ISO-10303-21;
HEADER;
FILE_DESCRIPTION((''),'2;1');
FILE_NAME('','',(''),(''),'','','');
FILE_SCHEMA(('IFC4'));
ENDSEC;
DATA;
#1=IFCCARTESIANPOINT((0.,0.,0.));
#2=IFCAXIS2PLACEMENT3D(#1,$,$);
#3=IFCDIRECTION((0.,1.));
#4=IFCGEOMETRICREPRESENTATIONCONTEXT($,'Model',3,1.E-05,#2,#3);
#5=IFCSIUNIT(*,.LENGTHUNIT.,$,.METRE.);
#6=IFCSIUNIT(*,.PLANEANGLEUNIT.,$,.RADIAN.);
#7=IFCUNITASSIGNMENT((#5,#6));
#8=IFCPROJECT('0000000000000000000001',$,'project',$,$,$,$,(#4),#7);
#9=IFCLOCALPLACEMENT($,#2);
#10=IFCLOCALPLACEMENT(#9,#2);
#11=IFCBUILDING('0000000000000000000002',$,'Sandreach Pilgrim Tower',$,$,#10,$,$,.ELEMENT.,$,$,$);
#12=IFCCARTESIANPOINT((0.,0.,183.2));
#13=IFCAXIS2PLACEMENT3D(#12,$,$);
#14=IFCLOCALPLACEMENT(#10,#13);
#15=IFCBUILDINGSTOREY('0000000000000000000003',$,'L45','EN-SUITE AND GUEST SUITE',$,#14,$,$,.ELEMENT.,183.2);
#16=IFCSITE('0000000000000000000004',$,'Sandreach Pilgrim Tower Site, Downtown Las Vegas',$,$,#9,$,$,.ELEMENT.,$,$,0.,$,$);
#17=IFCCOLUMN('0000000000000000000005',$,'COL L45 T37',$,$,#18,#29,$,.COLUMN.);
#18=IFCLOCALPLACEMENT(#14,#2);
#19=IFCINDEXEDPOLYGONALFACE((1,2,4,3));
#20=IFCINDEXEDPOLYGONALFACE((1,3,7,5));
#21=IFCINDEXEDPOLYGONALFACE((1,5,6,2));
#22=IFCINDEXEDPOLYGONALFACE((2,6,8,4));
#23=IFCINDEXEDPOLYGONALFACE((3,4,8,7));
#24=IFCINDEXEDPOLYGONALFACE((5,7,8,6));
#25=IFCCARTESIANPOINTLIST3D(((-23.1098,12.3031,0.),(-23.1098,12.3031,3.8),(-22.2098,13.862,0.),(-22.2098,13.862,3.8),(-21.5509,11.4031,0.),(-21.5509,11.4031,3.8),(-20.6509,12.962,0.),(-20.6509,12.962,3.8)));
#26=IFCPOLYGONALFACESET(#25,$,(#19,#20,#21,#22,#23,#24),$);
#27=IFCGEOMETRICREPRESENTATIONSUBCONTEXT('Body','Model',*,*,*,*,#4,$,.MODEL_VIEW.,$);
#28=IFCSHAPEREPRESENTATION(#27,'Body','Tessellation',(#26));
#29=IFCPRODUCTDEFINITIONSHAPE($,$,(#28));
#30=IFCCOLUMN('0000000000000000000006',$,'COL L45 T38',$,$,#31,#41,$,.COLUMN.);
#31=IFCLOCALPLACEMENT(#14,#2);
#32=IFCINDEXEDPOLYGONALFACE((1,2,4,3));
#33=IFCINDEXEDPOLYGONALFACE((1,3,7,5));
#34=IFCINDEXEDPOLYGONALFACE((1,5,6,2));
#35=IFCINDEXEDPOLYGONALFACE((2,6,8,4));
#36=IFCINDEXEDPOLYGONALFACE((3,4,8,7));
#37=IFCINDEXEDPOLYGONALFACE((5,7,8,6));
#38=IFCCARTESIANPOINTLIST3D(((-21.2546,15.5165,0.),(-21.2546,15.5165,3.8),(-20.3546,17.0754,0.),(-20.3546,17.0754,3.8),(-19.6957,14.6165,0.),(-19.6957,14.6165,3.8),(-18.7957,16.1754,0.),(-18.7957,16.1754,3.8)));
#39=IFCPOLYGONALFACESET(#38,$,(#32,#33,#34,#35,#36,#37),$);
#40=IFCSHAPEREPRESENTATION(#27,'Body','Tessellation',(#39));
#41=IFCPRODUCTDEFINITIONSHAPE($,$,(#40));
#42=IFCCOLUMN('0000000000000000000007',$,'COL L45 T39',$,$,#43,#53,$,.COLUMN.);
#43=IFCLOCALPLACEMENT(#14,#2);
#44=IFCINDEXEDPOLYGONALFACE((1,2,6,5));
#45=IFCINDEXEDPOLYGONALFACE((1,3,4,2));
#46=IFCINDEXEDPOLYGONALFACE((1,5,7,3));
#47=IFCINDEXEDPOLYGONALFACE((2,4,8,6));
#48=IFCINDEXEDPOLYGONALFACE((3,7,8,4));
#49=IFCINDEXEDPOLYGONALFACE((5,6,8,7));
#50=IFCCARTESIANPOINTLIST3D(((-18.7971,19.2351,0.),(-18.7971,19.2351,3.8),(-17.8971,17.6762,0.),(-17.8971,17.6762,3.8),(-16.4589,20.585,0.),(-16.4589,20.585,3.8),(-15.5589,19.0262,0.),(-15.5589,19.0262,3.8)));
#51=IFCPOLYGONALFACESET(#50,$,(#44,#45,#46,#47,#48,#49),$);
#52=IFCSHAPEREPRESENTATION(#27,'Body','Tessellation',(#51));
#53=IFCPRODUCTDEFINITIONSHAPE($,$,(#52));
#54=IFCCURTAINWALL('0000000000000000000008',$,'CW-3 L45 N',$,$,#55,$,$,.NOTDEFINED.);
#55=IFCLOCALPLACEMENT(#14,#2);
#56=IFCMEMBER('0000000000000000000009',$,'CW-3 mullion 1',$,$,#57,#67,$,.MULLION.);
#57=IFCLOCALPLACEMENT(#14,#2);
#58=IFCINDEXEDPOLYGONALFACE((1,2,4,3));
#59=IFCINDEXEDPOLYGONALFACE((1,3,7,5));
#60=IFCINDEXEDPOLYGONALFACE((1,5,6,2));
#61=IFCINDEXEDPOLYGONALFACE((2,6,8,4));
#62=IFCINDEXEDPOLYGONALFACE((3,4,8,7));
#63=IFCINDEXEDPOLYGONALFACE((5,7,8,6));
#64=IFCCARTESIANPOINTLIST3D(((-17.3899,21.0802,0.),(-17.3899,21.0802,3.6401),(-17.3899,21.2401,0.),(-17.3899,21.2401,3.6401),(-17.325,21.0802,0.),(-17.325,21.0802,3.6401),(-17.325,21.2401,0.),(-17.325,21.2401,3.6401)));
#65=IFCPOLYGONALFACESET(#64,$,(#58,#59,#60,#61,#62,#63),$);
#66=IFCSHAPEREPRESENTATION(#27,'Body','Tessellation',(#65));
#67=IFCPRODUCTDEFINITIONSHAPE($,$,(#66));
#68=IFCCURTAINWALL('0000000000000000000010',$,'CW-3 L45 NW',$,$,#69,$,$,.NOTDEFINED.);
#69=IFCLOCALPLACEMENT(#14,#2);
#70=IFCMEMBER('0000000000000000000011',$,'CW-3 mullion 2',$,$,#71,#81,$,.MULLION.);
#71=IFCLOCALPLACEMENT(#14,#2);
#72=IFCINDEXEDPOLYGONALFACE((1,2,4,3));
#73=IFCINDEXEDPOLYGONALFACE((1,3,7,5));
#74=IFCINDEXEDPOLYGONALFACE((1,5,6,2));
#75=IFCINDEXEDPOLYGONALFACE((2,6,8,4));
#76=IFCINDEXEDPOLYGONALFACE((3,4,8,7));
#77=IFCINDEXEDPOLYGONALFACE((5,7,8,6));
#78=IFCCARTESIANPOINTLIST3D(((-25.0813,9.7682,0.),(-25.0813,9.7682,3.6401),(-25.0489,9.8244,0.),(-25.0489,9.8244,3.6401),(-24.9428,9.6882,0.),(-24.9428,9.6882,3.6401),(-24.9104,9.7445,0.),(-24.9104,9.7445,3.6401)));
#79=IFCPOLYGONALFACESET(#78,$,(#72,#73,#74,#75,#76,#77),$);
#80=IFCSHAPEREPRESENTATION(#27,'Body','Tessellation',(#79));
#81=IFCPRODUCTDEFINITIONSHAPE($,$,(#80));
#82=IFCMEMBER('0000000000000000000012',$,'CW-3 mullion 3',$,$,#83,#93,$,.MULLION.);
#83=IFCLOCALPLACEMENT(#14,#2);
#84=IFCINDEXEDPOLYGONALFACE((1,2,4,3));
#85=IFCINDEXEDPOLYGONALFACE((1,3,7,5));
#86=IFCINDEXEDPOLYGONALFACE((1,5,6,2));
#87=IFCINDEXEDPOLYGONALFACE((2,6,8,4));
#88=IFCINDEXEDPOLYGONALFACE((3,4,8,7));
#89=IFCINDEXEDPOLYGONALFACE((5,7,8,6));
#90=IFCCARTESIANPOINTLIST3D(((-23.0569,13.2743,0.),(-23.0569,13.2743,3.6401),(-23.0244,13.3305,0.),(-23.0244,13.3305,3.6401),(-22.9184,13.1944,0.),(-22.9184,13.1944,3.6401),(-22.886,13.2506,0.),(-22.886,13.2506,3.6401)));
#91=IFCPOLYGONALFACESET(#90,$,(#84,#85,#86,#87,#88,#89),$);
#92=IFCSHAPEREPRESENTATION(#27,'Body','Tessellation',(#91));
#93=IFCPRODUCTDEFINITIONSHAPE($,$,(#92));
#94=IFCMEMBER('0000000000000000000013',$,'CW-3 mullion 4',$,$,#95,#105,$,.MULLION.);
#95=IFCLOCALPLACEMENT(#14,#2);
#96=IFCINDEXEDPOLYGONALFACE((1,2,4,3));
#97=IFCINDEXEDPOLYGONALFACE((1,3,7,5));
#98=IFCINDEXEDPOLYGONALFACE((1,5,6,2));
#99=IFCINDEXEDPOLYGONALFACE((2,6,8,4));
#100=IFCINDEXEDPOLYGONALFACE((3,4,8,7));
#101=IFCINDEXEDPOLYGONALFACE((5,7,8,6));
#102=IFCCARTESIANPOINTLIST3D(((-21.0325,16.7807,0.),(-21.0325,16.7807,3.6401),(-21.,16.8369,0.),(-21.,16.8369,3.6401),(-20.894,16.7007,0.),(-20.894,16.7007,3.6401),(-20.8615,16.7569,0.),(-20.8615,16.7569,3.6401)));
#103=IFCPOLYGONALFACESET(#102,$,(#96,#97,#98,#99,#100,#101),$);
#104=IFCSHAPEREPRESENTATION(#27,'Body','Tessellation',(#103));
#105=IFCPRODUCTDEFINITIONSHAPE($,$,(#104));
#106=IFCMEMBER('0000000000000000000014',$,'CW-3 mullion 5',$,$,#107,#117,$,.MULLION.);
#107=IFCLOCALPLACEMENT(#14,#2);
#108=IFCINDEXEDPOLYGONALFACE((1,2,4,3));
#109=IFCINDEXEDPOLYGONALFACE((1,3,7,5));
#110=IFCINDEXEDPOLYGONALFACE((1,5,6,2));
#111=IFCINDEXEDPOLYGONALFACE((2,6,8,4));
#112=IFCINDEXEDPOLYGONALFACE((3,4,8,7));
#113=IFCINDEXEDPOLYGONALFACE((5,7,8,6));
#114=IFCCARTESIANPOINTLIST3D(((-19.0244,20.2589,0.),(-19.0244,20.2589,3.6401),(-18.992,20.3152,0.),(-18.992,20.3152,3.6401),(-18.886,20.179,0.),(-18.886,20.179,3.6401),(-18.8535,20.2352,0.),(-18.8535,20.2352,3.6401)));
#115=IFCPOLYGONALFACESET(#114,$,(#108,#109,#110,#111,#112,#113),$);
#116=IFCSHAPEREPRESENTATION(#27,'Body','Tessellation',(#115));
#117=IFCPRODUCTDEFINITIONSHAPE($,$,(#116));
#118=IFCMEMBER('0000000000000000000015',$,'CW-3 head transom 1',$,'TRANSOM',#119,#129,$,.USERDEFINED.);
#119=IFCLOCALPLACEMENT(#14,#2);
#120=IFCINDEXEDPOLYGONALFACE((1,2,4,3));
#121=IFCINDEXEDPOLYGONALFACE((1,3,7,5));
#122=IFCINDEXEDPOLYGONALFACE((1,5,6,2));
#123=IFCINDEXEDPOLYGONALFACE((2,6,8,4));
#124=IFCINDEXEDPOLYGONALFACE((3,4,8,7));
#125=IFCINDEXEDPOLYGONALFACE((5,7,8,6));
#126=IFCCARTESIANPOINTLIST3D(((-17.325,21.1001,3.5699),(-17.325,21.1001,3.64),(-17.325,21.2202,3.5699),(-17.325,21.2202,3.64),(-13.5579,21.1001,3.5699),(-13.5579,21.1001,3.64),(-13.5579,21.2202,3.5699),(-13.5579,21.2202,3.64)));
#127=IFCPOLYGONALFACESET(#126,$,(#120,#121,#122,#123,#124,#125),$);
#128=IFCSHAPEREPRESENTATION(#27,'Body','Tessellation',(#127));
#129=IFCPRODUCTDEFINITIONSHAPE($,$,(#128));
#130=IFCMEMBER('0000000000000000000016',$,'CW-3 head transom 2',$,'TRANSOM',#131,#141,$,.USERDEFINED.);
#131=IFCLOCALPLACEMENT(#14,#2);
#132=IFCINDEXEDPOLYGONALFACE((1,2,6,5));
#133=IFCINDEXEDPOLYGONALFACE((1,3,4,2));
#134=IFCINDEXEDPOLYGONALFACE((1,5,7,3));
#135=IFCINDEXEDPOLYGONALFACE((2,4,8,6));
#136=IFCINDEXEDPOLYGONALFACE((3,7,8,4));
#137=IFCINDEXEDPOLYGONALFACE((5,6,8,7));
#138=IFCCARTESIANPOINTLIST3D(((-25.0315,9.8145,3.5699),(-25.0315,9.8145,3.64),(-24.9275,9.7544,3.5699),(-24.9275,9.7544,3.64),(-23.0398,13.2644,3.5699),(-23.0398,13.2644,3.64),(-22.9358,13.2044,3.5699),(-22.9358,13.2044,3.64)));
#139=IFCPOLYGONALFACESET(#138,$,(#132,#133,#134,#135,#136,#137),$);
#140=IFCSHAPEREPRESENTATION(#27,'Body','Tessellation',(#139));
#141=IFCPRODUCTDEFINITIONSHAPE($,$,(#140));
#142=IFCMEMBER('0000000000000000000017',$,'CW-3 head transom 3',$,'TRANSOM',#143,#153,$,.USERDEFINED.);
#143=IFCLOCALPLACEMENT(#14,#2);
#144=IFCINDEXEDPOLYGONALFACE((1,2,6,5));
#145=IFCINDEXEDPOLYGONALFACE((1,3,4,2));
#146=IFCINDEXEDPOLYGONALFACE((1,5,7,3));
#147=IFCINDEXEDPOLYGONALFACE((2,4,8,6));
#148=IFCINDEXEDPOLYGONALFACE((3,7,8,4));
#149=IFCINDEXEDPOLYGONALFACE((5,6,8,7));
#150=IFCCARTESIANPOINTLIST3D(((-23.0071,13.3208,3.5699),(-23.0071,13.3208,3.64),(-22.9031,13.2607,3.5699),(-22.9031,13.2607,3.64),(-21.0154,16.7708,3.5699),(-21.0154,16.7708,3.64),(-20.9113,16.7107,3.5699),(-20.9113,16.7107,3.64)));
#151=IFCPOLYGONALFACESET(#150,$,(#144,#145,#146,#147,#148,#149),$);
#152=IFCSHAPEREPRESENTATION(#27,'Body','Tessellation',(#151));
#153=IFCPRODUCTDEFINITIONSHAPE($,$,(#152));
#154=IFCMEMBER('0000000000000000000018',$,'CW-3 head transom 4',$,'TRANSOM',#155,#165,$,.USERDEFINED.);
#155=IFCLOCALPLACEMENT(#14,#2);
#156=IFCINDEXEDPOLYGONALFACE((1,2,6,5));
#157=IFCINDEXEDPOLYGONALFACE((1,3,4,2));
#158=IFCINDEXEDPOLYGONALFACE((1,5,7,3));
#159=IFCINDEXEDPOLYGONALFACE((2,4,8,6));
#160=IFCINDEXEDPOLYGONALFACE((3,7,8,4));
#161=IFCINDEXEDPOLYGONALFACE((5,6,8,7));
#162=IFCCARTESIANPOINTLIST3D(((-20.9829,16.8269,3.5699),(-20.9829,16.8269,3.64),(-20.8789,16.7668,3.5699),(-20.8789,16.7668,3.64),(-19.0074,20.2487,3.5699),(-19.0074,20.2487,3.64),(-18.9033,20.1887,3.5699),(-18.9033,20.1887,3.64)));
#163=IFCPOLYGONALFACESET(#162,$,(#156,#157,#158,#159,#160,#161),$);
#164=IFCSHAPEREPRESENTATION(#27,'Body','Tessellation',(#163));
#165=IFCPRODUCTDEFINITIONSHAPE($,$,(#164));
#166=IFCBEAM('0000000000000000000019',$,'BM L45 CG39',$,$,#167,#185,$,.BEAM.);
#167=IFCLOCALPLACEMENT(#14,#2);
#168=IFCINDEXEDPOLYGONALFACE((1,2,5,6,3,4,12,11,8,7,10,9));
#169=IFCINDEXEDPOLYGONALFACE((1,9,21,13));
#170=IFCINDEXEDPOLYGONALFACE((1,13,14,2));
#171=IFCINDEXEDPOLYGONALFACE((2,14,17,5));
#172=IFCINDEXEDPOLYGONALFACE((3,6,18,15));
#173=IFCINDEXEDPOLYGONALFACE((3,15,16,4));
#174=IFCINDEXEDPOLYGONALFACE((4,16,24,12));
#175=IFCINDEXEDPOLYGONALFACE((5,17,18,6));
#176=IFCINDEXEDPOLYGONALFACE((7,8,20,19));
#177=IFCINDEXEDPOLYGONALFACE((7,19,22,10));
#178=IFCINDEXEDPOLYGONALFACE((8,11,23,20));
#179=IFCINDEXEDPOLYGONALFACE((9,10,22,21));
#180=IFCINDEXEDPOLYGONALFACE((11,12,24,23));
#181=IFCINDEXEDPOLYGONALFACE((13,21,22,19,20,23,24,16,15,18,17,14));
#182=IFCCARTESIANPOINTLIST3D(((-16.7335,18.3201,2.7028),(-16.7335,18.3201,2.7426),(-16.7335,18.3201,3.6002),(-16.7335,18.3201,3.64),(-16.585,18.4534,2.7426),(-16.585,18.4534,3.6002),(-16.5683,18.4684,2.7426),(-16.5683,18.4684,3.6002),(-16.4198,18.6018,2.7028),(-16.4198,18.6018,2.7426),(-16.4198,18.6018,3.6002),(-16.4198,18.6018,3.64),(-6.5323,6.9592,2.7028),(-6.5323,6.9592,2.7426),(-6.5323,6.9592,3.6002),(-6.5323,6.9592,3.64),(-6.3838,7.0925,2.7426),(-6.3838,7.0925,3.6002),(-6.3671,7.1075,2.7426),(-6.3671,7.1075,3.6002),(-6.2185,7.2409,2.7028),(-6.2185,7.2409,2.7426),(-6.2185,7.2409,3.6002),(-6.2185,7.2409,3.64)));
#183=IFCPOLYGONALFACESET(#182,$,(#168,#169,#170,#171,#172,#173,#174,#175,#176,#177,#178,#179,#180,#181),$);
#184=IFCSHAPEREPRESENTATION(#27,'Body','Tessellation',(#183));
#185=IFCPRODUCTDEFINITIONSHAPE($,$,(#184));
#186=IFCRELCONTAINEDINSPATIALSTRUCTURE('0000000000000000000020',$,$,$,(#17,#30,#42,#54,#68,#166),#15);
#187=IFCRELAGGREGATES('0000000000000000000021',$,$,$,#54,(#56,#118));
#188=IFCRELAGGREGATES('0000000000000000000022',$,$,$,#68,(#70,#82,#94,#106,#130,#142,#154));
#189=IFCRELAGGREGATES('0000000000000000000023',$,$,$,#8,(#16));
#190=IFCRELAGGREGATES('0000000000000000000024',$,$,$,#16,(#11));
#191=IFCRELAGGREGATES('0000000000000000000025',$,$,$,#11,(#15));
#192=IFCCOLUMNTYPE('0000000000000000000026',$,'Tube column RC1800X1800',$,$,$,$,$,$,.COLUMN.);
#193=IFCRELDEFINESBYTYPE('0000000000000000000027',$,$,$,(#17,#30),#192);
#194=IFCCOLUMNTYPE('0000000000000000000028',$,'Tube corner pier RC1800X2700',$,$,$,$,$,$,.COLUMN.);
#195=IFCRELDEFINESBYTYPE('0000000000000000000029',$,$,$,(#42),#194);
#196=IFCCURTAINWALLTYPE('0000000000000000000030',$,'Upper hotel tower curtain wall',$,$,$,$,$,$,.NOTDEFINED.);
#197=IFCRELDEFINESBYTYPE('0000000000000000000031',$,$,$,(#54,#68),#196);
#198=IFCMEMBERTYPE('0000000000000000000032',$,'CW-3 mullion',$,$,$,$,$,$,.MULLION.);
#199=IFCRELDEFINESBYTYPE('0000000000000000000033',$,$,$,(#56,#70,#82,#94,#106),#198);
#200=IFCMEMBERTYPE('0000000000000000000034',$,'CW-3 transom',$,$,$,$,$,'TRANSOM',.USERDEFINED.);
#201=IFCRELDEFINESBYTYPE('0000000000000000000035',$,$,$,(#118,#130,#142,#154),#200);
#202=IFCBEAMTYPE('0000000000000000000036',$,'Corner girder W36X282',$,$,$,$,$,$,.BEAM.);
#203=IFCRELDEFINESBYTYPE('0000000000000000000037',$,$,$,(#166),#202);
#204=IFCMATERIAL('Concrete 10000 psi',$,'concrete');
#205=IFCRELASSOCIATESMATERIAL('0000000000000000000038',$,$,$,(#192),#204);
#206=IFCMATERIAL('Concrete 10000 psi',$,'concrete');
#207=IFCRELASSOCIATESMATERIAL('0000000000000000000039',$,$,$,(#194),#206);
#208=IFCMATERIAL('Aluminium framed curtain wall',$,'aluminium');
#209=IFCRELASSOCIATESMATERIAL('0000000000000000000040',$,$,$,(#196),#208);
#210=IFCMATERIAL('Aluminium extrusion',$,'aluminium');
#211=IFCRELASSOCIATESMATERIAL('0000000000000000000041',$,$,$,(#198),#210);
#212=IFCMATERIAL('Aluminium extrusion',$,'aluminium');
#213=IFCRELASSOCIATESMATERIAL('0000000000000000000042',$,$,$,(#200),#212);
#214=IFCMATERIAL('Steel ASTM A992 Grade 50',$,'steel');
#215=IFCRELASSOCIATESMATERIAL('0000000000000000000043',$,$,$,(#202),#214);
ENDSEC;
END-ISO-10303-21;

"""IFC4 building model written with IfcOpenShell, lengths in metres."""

from ifc_helpers import new_model, si_unit, direction, frame, origin, origin_2d, place, context, subcontext, project, spatial, rectangle, i_section, extrude, material, material_profile, profile_set, type_object, element, aggregate, save


model = new_model("IFC4")

# Units and contexts
model_context = context("Model", 3, precision=1e-05, world=origin(), true_north=direction((0.0, 1.0)))
body_context = subcontext(model_context, "Body", "Model", "MODEL_VIEW")
ifc_project = project(units=[si_unit("LENGTHUNIT", "METRE"), si_unit("PLANEANGLEUNIT", "RADIAN")], contexts=[model_context])

# Site, building, storey
site_placement = place(None, origin())
site = spatial("IfcSite", under=ifc_project, at=site_placement, Name="Sandreach Pilgrim Tower Site, Downtown Las Vegas", CompositionType="ELEMENT", RefElevation=0.0)
building_placement = place(site_placement, origin())
building = spatial("IfcBuilding", under=site, at=building_placement, Name="Sandreach Pilgrim Tower", CompositionType="ELEMENT")
storey_placement = place(building_placement, frame((0.0, 0.0, 183.2)))
storey = spatial("IfcBuildingStorey", under=building, at=storey_placement, Name="L45", Description="EN-SUITE AND GUEST SUITE", CompositionType="ELEMENT", Elevation=183.2)

# Columns
ifc_material_1 = material(Name="Concrete 10000 psi", Category="concrete")
ifc_material_profile_1 = material_profile(ifc_material_1, rectangle(XDim=1.8, YDim=1.8, at=origin_2d()), Name="RC1800X1800")
ifc_profile_set_1 = profile_set([ifc_material_profile_1], Name="Concrete 10000 psi")
column_type_1 = type_object("IfcColumnType", Name="Tube column RC1800X1800", PredefinedType="COLUMN", material=ifc_profile_set_1)
for number, where, z_axis, x_axis, name in (
    (1, (-21.8804, 12.6326, 0.0), (0.0, 0.0, 1.0), (-0.866025, 0.5, 0.0), "COL L45 T37"),
    (2, (-20.0251, 15.8459, 0.0), (0.0, 0.0, 1.0), (-0.866025, 0.5, 0.0), "COL L45 T38"),
):
    element("IfcColumn", number, at=place(storey_placement, frame(where, z_axis=z_axis, x_axis=x_axis)), inside=storey, type_object=column_type_1, Name=name, PredefinedType="COLUMN", context=body_context, shape_type="SweptSolid", body=[
        extrude(rectangle(XDim=1.8, YDim=1.8, at=origin_2d()), origin(), (0.0, 0.0, 1.0), 3.8),
    ])
ifc_material_2 = material(Name="Concrete 10000 psi", Category="concrete")
ifc_material_profile_2 = material_profile(ifc_material_2, rectangle(XDim=1.8, YDim=2.7, at=origin_2d()), Name="RC1800X2700")
ifc_profile_set_2 = profile_set([ifc_material_profile_2], Name="Concrete 10000 psi")
column_type_2 = type_object("IfcColumnType", Name="Tube corner pier RC1800X2700", PredefinedType="COLUMN", material=ifc_profile_set_2)
column_placement = place(storey_placement, frame((-17.178, 19.1306, 0.0), z_axis=(0.0, 0.0, 1.0), x_axis=(-0.5, 0.866025, 0.0)))
element("IfcColumn", 3, at=column_placement, inside=storey, type_object=column_type_2, Name="COL L45 T39", PredefinedType="COLUMN", context=body_context, shape_type="SweptSolid", body=[
    extrude(rectangle(XDim=1.8, YDim=2.7, at=origin_2d()), origin(), (0.0, 0.0, 1.0), 3.8),
])

# Curtain wall, member
ifc_material_3 = material(Name="Aluminium framed curtain wall", Category="aluminium")
curtain_wall_type = type_object("IfcCurtainWallType", Name="Upper hotel tower curtain wall", PredefinedType="NOTDEFINED", material=ifc_material_3)
curtain_wall_1_placement = place(storey_placement, origin())
curtain_wall_1 = element("IfcCurtainWall", 4, at=curtain_wall_1_placement, inside=storey, type_object=curtain_wall_type, Name="CW-3 L45 N", PredefinedType="NOTDEFINED")
ifc_material_4 = material(Name="Aluminium extrusion", Category="aluminium")
ifc_material_profile_3 = material_profile(ifc_material_4, rectangle(XDim=0.0649, YDim=0.1599, at=origin_2d()), Name="CW-3M 65X160")
ifc_profile_set_3 = profile_set([ifc_material_profile_3], Name="Aluminium extrusion")
member_type_1 = type_object("IfcMemberType", Name="CW-3 mullion", PredefinedType="MULLION", material=ifc_profile_set_3)
member_1_placement = place(storey_placement, frame((-17.3574, 21.1602, 0.0), z_axis=(0.0, 0.0, 1.0), x_axis=(1.0, 0.0, 0.0)))
member_1 = element("IfcMember", 5, at=member_1_placement, type_object=member_type_1, Name="CW-3 mullion 1", PredefinedType="MULLION", context=body_context, shape_type="SweptSolid", body=[
    extrude(rectangle(XDim=0.0649, YDim=0.1599, at=origin_2d()), origin(), (0.0, 0.0, 1.0), 3.6401),
])

# Curtain wall, members
curtain_wall_2_placement = place(storey_placement, origin())
curtain_wall_2 = element("IfcCurtainWall", 6, at=curtain_wall_2_placement, inside=storey, type_object=curtain_wall_type, Name="CW-3 L45 NW", PredefinedType="NOTDEFINED")
member_2_placement = place(storey_placement, frame((-24.9958, 9.7563, 0.0), z_axis=(0.0, 0.0, 1.0), x_axis=(0.5, 0.866025, 0.0)))
member_2 = element("IfcMember", 7, at=member_2_placement, type_object=member_type_1, Name="CW-3 mullion 2", PredefinedType="MULLION", context=body_context, shape_type="SweptSolid", body=[
    extrude(rectangle(XDim=0.0649, YDim=0.1599, at=origin_2d()), origin(), (0.0, 0.0, 1.0), 3.6401),
])
member_3_placement = place(storey_placement, frame((-22.9714, 13.2625, 0.0), z_axis=(0.0, 0.0, 1.0), x_axis=(0.5, 0.866025, 0.0)))
member_3 = element("IfcMember", 8, at=member_3_placement, type_object=member_type_1, Name="CW-3 mullion 3", PredefinedType="MULLION", context=body_context, shape_type="SweptSolid", body=[
    extrude(rectangle(XDim=0.0649, YDim=0.1599, at=origin_2d()), origin(), (0.0, 0.0, 1.0), 3.6401),
])
member_4_placement = place(storey_placement, frame((-20.947, 16.7688, 0.0), z_axis=(0.0, 0.0, 1.0), x_axis=(0.5, 0.866025, 0.0)))
member_4 = element("IfcMember", 9, at=member_4_placement, type_object=member_type_1, Name="CW-3 mullion 4", PredefinedType="MULLION", context=body_context, shape_type="SweptSolid", body=[
    extrude(rectangle(XDim=0.0649, YDim=0.1599, at=origin_2d()), origin(), (0.0, 0.0, 1.0), 3.6401),
])
member_5_placement = place(storey_placement, frame((-18.939, 20.2471, 0.0), z_axis=(0.0, 0.0, 1.0), x_axis=(0.5, 0.866025, 0.0)))
member_5 = element("IfcMember", 10, at=member_5_placement, type_object=member_type_1, Name="CW-3 mullion 5", PredefinedType="MULLION", context=body_context, shape_type="SweptSolid", body=[
    extrude(rectangle(XDim=0.0649, YDim=0.1599, at=origin_2d()), origin(), (0.0, 0.0, 1.0), 3.6401),
])

# Members
ifc_material_5 = material(Name="Aluminium extrusion", Category="aluminium")
ifc_material_profile_4 = material_profile(ifc_material_5, rectangle(XDim=0.1201, YDim=0.0701, at=origin_2d()), Name="CW-3T 120X70")
ifc_profile_set_4 = profile_set([ifc_material_profile_4], Name="Aluminium extrusion")
member_type_2 = type_object("IfcMemberType", Name="CW-3 transom", ElementType="TRANSOM", PredefinedType="USERDEFINED", material=ifc_profile_set_4)
member_6_placement = place(storey_placement, frame((-17.325, 21.1602, 3.605), z_axis=(1.0, 0.0, 0.0), x_axis=(0.0, 1.0, 0.0)))
member_6 = element("IfcMember", 11, at=member_6_placement, type_object=member_type_2, Name="CW-3 head transom 1", ObjectType="TRANSOM", PredefinedType="USERDEFINED", context=body_context, shape_type="SweptSolid", body=[
    extrude(rectangle(XDim=0.1201, YDim=0.0701, at=origin_2d()), origin(), (0.0, 0.0, 1.0), 3.7671),
])
member_7_placement = place(storey_placement, frame((-24.9795, 9.7844, 3.605), z_axis=(0.499975, 0.86604, 0.0), x_axis=(-0.86604, 0.499975, 0.0)))
member_7 = element("IfcMember", 12, at=member_7_placement, type_object=member_type_2, Name="CW-3 head transom 2", ObjectType="TRANSOM", PredefinedType="USERDEFINED", context=body_context, shape_type="SweptSolid", body=[
    extrude(rectangle(XDim=0.1201, YDim=0.0701, at=origin_2d()), origin(), (0.0, 0.0, 1.0), 3.9836),
])
member_8_placement = place(storey_placement, frame((-22.9551, 13.2908, 3.605), z_axis=(0.499975, 0.86604, 0.0), x_axis=(-0.86604, 0.499975, 0.0)))
member_8 = element("IfcMember", 13, at=member_8_placement, type_object=member_type_2, Name="CW-3 head transom 3", ObjectType="TRANSOM", PredefinedType="USERDEFINED", context=body_context, shape_type="SweptSolid", body=[
    extrude(rectangle(XDim=0.1201, YDim=0.0701, at=origin_2d()), origin(), (0.0, 0.0, 1.0), 3.9836),
])
member_9_placement = place(storey_placement, frame((-20.9309, 16.7969, 3.605), z_axis=(0.499993, 0.866029, 0.0), x_axis=(-0.866029, 0.499993, 0.0)))
member_9 = element("IfcMember", 14, at=member_9_placement, type_object=member_type_2, Name="CW-3 head transom 4", ObjectType="TRANSOM", PredefinedType="USERDEFINED", context=body_context, shape_type="SweptSolid", body=[
    extrude(rectangle(XDim=0.1201, YDim=0.0701, at=origin_2d()), origin(), (0.0, 0.0, 1.0), 3.9512),
])

# Beam
ifc_material_6 = material(Name="Steel ASTM A992 Grade 50", Category="steel")
ifc_material_profile_5 = material_profile(ifc_material_6, i_section(OverallWidth=0.4216, OverallDepth=0.9373, WebThickness=0.0225, FlangeThickness=0.0398, at=origin_2d()), Name="W36X282")
ifc_profile_set_5 = profile_set([ifc_material_profile_5], Name="Steel ASTM A992 Grade 50")
beam_type_1 = type_object("IfcBeamType", Name="Corner girder W36X282", PredefinedType="BEAM", material=ifc_profile_set_5)
beam_1_placement = place(storey_placement, frame((-16.5767, 18.4609, 3.1714), z_axis=(0.668111, -0.744062, 0.0), x_axis=(0.744062, 0.668111, 0.0)))
element("IfcBeam", 15, at=beam_1_placement, inside=storey, type_object=beam_type_1, Name="BM L45 CG39", PredefinedType="BEAM", context=body_context, shape_type="SweptSolid", body=[
    extrude(i_section(OverallWidth=0.4216, OverallDepth=0.9373, WebThickness=0.0225, FlangeThickness=0.0398, at=origin_2d()), origin(), (0.0, 0.0, 1.0), 15.2688),
])

aggregate(curtain_wall_1, [member_1, member_6])
aggregate(curtain_wall_2, [member_2, member_3, member_4, member_5, member_7, member_8, member_9])

save(model, "model.ifc")
